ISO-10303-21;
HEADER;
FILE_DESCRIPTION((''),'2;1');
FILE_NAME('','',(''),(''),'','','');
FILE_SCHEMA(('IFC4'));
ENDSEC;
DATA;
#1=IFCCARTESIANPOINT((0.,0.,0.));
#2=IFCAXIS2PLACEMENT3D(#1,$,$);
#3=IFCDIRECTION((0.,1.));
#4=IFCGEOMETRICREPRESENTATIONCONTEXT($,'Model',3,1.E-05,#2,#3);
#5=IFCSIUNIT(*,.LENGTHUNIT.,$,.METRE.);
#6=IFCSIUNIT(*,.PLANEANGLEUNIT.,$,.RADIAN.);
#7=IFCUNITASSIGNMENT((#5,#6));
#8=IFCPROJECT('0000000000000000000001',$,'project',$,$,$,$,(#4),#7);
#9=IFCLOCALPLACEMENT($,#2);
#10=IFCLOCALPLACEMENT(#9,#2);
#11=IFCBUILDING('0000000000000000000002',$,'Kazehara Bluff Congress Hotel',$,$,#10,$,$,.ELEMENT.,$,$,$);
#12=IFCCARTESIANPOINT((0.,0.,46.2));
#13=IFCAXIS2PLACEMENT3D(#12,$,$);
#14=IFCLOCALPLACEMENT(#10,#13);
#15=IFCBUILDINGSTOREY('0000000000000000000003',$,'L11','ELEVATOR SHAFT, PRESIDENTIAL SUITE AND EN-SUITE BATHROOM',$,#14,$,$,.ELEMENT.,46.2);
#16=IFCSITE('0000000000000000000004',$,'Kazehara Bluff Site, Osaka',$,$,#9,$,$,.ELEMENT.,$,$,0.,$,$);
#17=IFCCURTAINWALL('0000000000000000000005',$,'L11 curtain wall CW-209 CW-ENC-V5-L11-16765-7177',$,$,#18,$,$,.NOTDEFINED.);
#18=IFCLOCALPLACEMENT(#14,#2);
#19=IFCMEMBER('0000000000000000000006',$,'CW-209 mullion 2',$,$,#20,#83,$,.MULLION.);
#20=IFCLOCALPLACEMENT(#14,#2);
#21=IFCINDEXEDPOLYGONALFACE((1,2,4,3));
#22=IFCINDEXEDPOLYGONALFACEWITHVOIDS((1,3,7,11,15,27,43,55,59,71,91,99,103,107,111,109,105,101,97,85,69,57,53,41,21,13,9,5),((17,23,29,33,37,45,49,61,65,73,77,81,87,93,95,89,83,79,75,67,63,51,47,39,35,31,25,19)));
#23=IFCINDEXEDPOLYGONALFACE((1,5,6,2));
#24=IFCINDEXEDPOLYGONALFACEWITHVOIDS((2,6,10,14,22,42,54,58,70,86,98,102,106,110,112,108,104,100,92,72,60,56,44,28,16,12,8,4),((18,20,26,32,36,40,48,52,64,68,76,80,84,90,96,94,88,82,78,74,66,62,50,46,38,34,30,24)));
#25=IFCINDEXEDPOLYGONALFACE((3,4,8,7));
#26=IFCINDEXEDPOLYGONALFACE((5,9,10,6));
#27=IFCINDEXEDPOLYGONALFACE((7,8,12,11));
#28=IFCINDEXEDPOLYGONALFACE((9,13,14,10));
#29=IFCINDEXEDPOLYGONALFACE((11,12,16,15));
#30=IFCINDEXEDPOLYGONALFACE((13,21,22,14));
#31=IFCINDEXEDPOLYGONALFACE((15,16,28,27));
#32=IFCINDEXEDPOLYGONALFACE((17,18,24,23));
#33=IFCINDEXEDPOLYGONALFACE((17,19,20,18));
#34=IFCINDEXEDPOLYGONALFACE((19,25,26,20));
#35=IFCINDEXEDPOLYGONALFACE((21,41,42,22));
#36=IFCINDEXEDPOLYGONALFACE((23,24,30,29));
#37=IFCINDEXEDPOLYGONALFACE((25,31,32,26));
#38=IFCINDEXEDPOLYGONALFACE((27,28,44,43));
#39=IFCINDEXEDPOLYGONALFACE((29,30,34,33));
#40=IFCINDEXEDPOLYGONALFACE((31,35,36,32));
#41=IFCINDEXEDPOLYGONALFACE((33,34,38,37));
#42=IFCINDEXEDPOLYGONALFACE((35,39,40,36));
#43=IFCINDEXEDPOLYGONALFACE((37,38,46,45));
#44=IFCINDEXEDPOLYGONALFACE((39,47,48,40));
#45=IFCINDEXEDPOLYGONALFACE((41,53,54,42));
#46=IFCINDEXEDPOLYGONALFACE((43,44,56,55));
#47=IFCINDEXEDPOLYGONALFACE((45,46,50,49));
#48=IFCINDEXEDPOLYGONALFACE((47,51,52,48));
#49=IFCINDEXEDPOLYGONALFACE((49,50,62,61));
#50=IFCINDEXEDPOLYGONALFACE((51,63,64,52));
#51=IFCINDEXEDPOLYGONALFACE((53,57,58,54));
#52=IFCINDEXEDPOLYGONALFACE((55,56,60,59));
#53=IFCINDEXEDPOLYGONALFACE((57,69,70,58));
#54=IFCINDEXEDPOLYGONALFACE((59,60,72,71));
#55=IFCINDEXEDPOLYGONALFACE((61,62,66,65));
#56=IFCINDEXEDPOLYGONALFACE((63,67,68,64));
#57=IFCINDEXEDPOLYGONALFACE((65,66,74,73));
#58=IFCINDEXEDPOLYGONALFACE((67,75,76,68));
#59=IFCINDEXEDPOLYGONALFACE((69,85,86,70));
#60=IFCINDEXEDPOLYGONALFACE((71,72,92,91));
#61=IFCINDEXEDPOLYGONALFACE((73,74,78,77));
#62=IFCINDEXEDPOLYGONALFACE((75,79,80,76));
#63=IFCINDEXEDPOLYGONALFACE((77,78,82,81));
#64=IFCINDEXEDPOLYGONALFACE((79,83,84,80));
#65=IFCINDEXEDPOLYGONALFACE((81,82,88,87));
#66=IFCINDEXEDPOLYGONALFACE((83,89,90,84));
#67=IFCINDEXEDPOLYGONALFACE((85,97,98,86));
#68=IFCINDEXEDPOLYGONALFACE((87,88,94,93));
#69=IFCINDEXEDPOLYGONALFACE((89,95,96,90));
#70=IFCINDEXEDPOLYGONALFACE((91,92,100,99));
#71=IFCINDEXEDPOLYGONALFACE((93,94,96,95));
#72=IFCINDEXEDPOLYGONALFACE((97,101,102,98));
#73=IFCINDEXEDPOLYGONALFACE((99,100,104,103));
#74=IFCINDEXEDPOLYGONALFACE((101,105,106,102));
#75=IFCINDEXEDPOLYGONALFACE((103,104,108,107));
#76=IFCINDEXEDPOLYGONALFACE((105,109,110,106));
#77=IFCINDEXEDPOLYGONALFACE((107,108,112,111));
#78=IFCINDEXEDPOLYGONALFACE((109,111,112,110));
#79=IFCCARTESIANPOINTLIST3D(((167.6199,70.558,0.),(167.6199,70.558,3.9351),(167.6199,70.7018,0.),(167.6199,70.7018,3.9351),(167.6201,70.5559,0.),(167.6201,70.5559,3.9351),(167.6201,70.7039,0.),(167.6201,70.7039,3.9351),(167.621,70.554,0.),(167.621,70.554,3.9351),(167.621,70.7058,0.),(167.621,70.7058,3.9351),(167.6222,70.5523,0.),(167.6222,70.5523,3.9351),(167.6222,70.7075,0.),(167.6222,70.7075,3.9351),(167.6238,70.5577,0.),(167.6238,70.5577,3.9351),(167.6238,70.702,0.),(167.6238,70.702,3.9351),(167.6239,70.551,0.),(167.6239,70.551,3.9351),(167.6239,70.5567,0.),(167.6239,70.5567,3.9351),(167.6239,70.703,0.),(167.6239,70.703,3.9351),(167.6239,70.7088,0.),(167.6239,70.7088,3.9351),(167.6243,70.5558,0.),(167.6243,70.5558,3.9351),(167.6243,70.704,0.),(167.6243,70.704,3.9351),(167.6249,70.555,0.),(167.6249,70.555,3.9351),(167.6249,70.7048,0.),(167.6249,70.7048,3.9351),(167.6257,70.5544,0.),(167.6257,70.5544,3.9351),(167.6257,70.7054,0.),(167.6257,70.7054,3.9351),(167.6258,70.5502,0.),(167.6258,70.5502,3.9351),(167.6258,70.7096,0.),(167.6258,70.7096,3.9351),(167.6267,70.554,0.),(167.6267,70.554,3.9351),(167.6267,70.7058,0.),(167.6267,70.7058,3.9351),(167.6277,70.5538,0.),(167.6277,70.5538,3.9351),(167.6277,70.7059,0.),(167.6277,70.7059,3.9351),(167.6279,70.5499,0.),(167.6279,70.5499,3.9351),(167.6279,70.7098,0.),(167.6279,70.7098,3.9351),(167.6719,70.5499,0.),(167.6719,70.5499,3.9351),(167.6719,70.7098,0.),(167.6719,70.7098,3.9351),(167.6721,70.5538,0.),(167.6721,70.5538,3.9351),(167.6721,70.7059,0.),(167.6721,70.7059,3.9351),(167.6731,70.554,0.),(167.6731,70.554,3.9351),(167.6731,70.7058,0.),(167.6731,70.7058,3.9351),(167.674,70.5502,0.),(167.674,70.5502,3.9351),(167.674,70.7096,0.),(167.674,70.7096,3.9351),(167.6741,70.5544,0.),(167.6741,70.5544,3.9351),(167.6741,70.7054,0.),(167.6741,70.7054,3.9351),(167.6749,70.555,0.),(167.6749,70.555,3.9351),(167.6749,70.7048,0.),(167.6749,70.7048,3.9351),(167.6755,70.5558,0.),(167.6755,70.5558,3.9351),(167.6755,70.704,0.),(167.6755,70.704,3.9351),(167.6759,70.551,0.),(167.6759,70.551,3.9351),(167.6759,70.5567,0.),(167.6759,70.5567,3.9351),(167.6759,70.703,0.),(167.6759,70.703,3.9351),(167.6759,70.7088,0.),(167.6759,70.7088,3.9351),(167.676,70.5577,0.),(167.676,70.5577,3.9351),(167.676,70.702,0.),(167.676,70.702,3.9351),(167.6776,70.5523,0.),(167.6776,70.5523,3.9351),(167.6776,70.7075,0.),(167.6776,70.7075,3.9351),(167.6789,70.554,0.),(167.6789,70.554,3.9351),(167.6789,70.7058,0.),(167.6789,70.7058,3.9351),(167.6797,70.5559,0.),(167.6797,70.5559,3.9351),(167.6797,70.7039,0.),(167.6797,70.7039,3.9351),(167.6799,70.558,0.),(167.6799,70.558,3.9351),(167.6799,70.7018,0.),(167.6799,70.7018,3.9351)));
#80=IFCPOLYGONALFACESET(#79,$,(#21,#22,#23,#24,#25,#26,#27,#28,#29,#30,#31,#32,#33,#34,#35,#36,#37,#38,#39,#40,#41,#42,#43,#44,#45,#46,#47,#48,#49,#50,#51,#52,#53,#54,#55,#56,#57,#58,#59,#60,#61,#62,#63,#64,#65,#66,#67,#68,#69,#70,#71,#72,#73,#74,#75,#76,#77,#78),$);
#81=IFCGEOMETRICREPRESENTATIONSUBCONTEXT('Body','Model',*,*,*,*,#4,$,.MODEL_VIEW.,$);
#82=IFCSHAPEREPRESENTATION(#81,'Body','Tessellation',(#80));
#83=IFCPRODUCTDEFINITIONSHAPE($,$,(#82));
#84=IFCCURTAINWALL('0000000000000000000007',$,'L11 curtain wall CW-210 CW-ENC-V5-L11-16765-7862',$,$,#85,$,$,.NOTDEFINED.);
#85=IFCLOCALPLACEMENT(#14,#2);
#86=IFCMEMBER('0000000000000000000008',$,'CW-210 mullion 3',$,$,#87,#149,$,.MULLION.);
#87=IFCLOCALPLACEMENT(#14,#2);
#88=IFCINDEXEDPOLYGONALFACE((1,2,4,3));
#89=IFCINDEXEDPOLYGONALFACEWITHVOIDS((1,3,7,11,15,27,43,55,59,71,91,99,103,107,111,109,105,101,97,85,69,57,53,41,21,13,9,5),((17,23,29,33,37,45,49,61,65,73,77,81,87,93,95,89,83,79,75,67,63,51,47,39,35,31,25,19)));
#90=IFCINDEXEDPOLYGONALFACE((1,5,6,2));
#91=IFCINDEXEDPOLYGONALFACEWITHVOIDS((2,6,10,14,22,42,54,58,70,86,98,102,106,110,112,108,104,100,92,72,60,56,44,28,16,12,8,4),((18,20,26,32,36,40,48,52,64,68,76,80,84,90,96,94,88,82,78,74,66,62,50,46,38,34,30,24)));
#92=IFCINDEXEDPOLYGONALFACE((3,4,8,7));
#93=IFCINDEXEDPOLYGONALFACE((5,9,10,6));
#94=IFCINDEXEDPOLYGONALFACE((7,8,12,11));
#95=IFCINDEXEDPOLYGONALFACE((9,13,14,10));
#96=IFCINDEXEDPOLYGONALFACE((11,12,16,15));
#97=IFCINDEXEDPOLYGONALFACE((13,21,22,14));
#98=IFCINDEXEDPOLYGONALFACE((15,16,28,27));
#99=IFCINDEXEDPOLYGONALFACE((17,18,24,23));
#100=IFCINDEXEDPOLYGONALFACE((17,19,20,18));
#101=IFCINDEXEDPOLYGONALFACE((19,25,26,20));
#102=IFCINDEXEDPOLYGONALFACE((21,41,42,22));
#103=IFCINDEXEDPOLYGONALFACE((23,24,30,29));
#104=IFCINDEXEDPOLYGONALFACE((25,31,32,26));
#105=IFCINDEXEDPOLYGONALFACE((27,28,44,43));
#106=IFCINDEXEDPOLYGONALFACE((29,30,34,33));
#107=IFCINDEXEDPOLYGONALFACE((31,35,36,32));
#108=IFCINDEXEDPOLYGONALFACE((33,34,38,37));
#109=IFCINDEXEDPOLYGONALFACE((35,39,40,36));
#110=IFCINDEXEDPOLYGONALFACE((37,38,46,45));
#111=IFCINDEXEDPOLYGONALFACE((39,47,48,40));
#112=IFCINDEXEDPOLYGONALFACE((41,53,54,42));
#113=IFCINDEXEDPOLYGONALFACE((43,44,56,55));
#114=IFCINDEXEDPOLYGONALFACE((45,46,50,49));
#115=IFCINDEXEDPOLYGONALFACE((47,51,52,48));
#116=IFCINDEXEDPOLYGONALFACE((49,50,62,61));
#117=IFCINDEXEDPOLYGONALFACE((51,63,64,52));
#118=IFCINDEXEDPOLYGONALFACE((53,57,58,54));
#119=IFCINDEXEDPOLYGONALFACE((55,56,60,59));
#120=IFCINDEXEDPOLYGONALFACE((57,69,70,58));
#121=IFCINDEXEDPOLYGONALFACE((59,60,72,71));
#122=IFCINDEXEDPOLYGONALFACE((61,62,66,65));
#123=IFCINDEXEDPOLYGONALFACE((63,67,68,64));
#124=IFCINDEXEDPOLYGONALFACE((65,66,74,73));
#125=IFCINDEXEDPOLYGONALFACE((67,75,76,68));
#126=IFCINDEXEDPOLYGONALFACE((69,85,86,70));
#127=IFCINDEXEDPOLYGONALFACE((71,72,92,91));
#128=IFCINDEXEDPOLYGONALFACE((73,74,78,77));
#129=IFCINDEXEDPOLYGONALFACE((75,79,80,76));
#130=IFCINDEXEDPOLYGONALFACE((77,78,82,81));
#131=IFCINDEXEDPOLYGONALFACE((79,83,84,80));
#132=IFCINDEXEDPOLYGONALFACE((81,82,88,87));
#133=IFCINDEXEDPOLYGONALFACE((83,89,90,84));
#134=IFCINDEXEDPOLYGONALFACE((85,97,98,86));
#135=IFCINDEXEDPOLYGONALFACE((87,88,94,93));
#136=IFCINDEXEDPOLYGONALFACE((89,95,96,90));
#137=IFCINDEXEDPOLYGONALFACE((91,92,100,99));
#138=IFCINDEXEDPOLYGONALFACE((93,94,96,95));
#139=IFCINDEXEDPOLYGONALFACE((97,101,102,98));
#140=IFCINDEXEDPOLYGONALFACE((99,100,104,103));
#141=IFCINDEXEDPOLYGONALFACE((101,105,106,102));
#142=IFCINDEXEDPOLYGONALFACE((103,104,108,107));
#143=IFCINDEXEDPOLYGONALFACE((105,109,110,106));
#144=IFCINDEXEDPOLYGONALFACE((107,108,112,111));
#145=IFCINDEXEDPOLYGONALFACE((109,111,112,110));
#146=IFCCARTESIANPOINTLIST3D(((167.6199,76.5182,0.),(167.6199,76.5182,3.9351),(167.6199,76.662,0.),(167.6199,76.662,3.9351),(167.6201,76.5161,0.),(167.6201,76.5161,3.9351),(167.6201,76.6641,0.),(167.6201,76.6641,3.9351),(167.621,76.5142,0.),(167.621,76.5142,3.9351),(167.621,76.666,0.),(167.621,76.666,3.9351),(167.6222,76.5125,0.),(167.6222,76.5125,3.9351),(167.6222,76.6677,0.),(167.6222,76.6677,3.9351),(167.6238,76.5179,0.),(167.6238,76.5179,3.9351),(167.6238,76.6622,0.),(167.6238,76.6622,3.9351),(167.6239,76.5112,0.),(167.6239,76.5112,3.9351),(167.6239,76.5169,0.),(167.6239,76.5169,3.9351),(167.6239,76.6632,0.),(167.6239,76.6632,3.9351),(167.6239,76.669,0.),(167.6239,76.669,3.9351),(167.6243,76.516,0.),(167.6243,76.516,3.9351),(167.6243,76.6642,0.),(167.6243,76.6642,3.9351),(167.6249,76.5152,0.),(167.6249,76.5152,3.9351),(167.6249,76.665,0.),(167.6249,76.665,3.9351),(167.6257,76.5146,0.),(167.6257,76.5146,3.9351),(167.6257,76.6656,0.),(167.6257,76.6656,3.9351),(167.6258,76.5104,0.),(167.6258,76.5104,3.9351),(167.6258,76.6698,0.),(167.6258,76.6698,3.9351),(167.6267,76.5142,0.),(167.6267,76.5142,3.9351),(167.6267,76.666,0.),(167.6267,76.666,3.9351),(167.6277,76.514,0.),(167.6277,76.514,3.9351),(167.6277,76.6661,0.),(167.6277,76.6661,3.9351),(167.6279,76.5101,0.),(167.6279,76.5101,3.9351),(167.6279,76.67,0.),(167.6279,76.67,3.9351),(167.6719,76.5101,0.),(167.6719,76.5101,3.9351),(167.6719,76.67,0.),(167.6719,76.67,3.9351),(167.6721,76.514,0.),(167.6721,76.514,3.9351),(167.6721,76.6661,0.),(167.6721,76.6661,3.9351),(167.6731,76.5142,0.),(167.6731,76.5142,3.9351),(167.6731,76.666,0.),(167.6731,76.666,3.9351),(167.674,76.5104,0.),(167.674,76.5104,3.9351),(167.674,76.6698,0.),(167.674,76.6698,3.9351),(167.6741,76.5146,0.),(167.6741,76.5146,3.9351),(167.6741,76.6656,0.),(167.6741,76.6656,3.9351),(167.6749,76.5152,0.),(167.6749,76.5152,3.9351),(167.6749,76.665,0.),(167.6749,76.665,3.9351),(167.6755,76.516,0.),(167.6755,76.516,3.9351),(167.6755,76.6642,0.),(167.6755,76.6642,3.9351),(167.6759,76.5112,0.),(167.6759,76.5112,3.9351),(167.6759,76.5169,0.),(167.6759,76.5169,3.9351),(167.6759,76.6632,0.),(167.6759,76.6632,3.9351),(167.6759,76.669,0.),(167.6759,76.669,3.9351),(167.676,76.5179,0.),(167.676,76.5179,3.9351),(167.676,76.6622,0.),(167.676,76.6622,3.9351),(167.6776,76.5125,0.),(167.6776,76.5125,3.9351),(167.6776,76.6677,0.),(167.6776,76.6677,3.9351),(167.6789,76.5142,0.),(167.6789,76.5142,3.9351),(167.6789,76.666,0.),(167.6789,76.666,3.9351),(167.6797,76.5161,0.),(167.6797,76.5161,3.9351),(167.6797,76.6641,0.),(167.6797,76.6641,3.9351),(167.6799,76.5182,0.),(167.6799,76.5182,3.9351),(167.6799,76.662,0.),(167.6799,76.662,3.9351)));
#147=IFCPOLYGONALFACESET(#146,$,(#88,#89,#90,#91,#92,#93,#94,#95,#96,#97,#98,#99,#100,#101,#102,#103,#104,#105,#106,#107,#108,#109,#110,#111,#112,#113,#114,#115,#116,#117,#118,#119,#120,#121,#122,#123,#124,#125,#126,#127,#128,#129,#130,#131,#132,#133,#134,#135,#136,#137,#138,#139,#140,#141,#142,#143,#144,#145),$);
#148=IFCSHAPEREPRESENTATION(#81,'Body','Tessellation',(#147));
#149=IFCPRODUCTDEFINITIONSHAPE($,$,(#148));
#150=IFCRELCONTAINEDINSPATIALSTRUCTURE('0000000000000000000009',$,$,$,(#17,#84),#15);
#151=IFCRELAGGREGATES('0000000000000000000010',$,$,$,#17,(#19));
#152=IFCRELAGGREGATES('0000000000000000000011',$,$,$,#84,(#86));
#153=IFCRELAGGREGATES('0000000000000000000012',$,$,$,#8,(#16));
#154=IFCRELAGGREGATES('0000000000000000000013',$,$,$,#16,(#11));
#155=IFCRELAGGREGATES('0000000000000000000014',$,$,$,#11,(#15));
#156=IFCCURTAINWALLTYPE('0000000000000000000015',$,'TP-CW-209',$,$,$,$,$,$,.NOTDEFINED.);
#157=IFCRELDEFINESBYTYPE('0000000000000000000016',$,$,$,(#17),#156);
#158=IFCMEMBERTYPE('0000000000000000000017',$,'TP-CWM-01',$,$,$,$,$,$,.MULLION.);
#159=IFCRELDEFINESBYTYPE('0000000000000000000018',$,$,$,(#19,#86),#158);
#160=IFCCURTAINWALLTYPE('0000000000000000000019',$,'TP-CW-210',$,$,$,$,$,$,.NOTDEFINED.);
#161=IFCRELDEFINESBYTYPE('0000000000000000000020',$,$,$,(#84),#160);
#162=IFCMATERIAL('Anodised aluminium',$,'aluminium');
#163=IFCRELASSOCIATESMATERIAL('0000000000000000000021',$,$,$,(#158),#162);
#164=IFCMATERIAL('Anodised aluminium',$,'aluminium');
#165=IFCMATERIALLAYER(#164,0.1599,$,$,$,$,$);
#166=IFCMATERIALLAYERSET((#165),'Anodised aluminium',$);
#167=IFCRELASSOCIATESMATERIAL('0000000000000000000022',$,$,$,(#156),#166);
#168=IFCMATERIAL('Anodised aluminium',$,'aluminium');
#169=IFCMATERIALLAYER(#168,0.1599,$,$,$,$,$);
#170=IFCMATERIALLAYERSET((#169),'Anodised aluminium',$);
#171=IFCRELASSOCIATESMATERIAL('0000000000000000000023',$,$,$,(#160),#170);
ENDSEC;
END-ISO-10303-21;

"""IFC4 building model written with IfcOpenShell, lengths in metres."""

from ifc_helpers import new_model, si_unit, direction, frame, origin, origin_2d, place, context, subcontext, project, spatial, hollow_rectangle, extrude, material, layer, layer_set, material_profile, profile_set, type_object, element, aggregate, save


model = new_model("IFC4")

# Units and contexts
model_context = context("Model", 3, precision=1e-05, world=origin(), true_north=direction((0.0, 1.0)))
body_context = subcontext(model_context, "Body", "Model", "MODEL_VIEW")
ifc_project = project(units=[si_unit("LENGTHUNIT", "METRE"), si_unit("PLANEANGLEUNIT", "RADIAN")], contexts=[model_context])

# Site, building, storey
site_placement = place(None, origin())
site = spatial("IfcSite", under=ifc_project, at=site_placement, Name="Kazehara Bluff Site, Osaka", CompositionType="ELEMENT", RefElevation=0.0)
building_placement = place(site_placement, origin())
building = spatial("IfcBuilding", under=site, at=building_placement, Name="Kazehara Bluff Congress Hotel", CompositionType="ELEMENT")
storey_placement = place(building_placement, frame((0.0, 0.0, 46.2)))
storey = spatial("IfcBuildingStorey", under=building, at=storey_placement, Name="L11", Description="ELEVATOR SHAFT, PRESIDENTIAL SUITE AND EN-SUITE BATHROOM", CompositionType="ELEMENT", Elevation=46.2)

# Shared definitions
ifc_material_1 = material(Name="Anodised aluminium", Category="aluminium")
ifc_material_profile_1 = material_profile(ifc_material_1, hollow_rectangle(XDim=0.0601, YDim=0.1599, WallThickness=0.0039, InnerFilletRadius=0.0039, OuterFilletRadius=0.0081, at=origin_2d()))
ifc_profile_set_1 = profile_set([ifc_material_profile_1], Name="Anodised aluminium")
member_type_1 = type_object("IfcMemberType", Name="TP-CWM-01", PredefinedType="MULLION", material=ifc_profile_set_1)

# Curtain wall, member
ifc_material_2 = material(Name="Anodised aluminium", Category="aluminium")
ifc_layer_1 = layer(ifc_material_2, 0.1599)
ifc_layer_set_1 = layer_set([ifc_layer_1], Name="Anodised aluminium")
curtain_wall_type_1 = type_object("IfcCurtainWallType", Name="TP-CW-209", PredefinedType="NOTDEFINED", material=ifc_layer_set_1)
curtain_wall_1_placement = place(storey_placement, origin())
curtain_wall_1 = element("IfcCurtainWall", 1, at=curtain_wall_1_placement, inside=storey, type_object=curtain_wall_type_1, Name="L11 curtain wall CW-209 CW-ENC-V5-L11-16765-7177", PredefinedType="NOTDEFINED")
member_1_placement = place(storey_placement, frame((167.6499, 70.6299, 0.0), z_axis=(0.0, 0.0, 1.0), x_axis=(1.0, 0.0, 0.0)))
member_1 = element("IfcMember", 2, at=member_1_placement, type_object=member_type_1, Name="CW-209 mullion 2", PredefinedType="MULLION", context=body_context, shape_type="SweptSolid", body=[
    extrude(hollow_rectangle(XDim=0.0601, YDim=0.1599, WallThickness=0.0039, InnerFilletRadius=0.0039, OuterFilletRadius=0.0081, at=origin_2d()), origin(), (0.0, 0.0, 1.0), 3.9351),
])

# Curtain wall, member
ifc_material_3 = material(Name="Anodised aluminium", Category="aluminium")
ifc_layer_2 = layer(ifc_material_3, 0.1599)
ifc_layer_set_2 = layer_set([ifc_layer_2], Name="Anodised aluminium")
curtain_wall_type_2 = type_object("IfcCurtainWallType", Name="TP-CW-210", PredefinedType="NOTDEFINED", material=ifc_layer_set_2)
curtain_wall_2_placement = place(storey_placement, origin())
curtain_wall_2 = element("IfcCurtainWall", 3, at=curtain_wall_2_placement, inside=storey, type_object=curtain_wall_type_2, Name="L11 curtain wall CW-210 CW-ENC-V5-L11-16765-7862", PredefinedType="NOTDEFINED")
member_2_placement = place(storey_placement, frame((167.6499, 76.5901, 0.0), z_axis=(0.0, 0.0, 1.0), x_axis=(1.0, 0.0, 0.0)))
member_2 = element("IfcMember", 4, at=member_2_placement, type_object=member_type_1, Name="CW-210 mullion 3", PredefinedType="MULLION", context=body_context, shape_type="SweptSolid", body=[
    extrude(hollow_rectangle(XDim=0.0601, YDim=0.1599, WallThickness=0.0039, InnerFilletRadius=0.0039, OuterFilletRadius=0.0081, at=origin_2d()), origin(), (0.0, 0.0, 1.0), 3.9351),
])

aggregate(curtain_wall_1, [member_1])
aggregate(curtain_wall_2, [member_2])

save(model, "model.ifc")
